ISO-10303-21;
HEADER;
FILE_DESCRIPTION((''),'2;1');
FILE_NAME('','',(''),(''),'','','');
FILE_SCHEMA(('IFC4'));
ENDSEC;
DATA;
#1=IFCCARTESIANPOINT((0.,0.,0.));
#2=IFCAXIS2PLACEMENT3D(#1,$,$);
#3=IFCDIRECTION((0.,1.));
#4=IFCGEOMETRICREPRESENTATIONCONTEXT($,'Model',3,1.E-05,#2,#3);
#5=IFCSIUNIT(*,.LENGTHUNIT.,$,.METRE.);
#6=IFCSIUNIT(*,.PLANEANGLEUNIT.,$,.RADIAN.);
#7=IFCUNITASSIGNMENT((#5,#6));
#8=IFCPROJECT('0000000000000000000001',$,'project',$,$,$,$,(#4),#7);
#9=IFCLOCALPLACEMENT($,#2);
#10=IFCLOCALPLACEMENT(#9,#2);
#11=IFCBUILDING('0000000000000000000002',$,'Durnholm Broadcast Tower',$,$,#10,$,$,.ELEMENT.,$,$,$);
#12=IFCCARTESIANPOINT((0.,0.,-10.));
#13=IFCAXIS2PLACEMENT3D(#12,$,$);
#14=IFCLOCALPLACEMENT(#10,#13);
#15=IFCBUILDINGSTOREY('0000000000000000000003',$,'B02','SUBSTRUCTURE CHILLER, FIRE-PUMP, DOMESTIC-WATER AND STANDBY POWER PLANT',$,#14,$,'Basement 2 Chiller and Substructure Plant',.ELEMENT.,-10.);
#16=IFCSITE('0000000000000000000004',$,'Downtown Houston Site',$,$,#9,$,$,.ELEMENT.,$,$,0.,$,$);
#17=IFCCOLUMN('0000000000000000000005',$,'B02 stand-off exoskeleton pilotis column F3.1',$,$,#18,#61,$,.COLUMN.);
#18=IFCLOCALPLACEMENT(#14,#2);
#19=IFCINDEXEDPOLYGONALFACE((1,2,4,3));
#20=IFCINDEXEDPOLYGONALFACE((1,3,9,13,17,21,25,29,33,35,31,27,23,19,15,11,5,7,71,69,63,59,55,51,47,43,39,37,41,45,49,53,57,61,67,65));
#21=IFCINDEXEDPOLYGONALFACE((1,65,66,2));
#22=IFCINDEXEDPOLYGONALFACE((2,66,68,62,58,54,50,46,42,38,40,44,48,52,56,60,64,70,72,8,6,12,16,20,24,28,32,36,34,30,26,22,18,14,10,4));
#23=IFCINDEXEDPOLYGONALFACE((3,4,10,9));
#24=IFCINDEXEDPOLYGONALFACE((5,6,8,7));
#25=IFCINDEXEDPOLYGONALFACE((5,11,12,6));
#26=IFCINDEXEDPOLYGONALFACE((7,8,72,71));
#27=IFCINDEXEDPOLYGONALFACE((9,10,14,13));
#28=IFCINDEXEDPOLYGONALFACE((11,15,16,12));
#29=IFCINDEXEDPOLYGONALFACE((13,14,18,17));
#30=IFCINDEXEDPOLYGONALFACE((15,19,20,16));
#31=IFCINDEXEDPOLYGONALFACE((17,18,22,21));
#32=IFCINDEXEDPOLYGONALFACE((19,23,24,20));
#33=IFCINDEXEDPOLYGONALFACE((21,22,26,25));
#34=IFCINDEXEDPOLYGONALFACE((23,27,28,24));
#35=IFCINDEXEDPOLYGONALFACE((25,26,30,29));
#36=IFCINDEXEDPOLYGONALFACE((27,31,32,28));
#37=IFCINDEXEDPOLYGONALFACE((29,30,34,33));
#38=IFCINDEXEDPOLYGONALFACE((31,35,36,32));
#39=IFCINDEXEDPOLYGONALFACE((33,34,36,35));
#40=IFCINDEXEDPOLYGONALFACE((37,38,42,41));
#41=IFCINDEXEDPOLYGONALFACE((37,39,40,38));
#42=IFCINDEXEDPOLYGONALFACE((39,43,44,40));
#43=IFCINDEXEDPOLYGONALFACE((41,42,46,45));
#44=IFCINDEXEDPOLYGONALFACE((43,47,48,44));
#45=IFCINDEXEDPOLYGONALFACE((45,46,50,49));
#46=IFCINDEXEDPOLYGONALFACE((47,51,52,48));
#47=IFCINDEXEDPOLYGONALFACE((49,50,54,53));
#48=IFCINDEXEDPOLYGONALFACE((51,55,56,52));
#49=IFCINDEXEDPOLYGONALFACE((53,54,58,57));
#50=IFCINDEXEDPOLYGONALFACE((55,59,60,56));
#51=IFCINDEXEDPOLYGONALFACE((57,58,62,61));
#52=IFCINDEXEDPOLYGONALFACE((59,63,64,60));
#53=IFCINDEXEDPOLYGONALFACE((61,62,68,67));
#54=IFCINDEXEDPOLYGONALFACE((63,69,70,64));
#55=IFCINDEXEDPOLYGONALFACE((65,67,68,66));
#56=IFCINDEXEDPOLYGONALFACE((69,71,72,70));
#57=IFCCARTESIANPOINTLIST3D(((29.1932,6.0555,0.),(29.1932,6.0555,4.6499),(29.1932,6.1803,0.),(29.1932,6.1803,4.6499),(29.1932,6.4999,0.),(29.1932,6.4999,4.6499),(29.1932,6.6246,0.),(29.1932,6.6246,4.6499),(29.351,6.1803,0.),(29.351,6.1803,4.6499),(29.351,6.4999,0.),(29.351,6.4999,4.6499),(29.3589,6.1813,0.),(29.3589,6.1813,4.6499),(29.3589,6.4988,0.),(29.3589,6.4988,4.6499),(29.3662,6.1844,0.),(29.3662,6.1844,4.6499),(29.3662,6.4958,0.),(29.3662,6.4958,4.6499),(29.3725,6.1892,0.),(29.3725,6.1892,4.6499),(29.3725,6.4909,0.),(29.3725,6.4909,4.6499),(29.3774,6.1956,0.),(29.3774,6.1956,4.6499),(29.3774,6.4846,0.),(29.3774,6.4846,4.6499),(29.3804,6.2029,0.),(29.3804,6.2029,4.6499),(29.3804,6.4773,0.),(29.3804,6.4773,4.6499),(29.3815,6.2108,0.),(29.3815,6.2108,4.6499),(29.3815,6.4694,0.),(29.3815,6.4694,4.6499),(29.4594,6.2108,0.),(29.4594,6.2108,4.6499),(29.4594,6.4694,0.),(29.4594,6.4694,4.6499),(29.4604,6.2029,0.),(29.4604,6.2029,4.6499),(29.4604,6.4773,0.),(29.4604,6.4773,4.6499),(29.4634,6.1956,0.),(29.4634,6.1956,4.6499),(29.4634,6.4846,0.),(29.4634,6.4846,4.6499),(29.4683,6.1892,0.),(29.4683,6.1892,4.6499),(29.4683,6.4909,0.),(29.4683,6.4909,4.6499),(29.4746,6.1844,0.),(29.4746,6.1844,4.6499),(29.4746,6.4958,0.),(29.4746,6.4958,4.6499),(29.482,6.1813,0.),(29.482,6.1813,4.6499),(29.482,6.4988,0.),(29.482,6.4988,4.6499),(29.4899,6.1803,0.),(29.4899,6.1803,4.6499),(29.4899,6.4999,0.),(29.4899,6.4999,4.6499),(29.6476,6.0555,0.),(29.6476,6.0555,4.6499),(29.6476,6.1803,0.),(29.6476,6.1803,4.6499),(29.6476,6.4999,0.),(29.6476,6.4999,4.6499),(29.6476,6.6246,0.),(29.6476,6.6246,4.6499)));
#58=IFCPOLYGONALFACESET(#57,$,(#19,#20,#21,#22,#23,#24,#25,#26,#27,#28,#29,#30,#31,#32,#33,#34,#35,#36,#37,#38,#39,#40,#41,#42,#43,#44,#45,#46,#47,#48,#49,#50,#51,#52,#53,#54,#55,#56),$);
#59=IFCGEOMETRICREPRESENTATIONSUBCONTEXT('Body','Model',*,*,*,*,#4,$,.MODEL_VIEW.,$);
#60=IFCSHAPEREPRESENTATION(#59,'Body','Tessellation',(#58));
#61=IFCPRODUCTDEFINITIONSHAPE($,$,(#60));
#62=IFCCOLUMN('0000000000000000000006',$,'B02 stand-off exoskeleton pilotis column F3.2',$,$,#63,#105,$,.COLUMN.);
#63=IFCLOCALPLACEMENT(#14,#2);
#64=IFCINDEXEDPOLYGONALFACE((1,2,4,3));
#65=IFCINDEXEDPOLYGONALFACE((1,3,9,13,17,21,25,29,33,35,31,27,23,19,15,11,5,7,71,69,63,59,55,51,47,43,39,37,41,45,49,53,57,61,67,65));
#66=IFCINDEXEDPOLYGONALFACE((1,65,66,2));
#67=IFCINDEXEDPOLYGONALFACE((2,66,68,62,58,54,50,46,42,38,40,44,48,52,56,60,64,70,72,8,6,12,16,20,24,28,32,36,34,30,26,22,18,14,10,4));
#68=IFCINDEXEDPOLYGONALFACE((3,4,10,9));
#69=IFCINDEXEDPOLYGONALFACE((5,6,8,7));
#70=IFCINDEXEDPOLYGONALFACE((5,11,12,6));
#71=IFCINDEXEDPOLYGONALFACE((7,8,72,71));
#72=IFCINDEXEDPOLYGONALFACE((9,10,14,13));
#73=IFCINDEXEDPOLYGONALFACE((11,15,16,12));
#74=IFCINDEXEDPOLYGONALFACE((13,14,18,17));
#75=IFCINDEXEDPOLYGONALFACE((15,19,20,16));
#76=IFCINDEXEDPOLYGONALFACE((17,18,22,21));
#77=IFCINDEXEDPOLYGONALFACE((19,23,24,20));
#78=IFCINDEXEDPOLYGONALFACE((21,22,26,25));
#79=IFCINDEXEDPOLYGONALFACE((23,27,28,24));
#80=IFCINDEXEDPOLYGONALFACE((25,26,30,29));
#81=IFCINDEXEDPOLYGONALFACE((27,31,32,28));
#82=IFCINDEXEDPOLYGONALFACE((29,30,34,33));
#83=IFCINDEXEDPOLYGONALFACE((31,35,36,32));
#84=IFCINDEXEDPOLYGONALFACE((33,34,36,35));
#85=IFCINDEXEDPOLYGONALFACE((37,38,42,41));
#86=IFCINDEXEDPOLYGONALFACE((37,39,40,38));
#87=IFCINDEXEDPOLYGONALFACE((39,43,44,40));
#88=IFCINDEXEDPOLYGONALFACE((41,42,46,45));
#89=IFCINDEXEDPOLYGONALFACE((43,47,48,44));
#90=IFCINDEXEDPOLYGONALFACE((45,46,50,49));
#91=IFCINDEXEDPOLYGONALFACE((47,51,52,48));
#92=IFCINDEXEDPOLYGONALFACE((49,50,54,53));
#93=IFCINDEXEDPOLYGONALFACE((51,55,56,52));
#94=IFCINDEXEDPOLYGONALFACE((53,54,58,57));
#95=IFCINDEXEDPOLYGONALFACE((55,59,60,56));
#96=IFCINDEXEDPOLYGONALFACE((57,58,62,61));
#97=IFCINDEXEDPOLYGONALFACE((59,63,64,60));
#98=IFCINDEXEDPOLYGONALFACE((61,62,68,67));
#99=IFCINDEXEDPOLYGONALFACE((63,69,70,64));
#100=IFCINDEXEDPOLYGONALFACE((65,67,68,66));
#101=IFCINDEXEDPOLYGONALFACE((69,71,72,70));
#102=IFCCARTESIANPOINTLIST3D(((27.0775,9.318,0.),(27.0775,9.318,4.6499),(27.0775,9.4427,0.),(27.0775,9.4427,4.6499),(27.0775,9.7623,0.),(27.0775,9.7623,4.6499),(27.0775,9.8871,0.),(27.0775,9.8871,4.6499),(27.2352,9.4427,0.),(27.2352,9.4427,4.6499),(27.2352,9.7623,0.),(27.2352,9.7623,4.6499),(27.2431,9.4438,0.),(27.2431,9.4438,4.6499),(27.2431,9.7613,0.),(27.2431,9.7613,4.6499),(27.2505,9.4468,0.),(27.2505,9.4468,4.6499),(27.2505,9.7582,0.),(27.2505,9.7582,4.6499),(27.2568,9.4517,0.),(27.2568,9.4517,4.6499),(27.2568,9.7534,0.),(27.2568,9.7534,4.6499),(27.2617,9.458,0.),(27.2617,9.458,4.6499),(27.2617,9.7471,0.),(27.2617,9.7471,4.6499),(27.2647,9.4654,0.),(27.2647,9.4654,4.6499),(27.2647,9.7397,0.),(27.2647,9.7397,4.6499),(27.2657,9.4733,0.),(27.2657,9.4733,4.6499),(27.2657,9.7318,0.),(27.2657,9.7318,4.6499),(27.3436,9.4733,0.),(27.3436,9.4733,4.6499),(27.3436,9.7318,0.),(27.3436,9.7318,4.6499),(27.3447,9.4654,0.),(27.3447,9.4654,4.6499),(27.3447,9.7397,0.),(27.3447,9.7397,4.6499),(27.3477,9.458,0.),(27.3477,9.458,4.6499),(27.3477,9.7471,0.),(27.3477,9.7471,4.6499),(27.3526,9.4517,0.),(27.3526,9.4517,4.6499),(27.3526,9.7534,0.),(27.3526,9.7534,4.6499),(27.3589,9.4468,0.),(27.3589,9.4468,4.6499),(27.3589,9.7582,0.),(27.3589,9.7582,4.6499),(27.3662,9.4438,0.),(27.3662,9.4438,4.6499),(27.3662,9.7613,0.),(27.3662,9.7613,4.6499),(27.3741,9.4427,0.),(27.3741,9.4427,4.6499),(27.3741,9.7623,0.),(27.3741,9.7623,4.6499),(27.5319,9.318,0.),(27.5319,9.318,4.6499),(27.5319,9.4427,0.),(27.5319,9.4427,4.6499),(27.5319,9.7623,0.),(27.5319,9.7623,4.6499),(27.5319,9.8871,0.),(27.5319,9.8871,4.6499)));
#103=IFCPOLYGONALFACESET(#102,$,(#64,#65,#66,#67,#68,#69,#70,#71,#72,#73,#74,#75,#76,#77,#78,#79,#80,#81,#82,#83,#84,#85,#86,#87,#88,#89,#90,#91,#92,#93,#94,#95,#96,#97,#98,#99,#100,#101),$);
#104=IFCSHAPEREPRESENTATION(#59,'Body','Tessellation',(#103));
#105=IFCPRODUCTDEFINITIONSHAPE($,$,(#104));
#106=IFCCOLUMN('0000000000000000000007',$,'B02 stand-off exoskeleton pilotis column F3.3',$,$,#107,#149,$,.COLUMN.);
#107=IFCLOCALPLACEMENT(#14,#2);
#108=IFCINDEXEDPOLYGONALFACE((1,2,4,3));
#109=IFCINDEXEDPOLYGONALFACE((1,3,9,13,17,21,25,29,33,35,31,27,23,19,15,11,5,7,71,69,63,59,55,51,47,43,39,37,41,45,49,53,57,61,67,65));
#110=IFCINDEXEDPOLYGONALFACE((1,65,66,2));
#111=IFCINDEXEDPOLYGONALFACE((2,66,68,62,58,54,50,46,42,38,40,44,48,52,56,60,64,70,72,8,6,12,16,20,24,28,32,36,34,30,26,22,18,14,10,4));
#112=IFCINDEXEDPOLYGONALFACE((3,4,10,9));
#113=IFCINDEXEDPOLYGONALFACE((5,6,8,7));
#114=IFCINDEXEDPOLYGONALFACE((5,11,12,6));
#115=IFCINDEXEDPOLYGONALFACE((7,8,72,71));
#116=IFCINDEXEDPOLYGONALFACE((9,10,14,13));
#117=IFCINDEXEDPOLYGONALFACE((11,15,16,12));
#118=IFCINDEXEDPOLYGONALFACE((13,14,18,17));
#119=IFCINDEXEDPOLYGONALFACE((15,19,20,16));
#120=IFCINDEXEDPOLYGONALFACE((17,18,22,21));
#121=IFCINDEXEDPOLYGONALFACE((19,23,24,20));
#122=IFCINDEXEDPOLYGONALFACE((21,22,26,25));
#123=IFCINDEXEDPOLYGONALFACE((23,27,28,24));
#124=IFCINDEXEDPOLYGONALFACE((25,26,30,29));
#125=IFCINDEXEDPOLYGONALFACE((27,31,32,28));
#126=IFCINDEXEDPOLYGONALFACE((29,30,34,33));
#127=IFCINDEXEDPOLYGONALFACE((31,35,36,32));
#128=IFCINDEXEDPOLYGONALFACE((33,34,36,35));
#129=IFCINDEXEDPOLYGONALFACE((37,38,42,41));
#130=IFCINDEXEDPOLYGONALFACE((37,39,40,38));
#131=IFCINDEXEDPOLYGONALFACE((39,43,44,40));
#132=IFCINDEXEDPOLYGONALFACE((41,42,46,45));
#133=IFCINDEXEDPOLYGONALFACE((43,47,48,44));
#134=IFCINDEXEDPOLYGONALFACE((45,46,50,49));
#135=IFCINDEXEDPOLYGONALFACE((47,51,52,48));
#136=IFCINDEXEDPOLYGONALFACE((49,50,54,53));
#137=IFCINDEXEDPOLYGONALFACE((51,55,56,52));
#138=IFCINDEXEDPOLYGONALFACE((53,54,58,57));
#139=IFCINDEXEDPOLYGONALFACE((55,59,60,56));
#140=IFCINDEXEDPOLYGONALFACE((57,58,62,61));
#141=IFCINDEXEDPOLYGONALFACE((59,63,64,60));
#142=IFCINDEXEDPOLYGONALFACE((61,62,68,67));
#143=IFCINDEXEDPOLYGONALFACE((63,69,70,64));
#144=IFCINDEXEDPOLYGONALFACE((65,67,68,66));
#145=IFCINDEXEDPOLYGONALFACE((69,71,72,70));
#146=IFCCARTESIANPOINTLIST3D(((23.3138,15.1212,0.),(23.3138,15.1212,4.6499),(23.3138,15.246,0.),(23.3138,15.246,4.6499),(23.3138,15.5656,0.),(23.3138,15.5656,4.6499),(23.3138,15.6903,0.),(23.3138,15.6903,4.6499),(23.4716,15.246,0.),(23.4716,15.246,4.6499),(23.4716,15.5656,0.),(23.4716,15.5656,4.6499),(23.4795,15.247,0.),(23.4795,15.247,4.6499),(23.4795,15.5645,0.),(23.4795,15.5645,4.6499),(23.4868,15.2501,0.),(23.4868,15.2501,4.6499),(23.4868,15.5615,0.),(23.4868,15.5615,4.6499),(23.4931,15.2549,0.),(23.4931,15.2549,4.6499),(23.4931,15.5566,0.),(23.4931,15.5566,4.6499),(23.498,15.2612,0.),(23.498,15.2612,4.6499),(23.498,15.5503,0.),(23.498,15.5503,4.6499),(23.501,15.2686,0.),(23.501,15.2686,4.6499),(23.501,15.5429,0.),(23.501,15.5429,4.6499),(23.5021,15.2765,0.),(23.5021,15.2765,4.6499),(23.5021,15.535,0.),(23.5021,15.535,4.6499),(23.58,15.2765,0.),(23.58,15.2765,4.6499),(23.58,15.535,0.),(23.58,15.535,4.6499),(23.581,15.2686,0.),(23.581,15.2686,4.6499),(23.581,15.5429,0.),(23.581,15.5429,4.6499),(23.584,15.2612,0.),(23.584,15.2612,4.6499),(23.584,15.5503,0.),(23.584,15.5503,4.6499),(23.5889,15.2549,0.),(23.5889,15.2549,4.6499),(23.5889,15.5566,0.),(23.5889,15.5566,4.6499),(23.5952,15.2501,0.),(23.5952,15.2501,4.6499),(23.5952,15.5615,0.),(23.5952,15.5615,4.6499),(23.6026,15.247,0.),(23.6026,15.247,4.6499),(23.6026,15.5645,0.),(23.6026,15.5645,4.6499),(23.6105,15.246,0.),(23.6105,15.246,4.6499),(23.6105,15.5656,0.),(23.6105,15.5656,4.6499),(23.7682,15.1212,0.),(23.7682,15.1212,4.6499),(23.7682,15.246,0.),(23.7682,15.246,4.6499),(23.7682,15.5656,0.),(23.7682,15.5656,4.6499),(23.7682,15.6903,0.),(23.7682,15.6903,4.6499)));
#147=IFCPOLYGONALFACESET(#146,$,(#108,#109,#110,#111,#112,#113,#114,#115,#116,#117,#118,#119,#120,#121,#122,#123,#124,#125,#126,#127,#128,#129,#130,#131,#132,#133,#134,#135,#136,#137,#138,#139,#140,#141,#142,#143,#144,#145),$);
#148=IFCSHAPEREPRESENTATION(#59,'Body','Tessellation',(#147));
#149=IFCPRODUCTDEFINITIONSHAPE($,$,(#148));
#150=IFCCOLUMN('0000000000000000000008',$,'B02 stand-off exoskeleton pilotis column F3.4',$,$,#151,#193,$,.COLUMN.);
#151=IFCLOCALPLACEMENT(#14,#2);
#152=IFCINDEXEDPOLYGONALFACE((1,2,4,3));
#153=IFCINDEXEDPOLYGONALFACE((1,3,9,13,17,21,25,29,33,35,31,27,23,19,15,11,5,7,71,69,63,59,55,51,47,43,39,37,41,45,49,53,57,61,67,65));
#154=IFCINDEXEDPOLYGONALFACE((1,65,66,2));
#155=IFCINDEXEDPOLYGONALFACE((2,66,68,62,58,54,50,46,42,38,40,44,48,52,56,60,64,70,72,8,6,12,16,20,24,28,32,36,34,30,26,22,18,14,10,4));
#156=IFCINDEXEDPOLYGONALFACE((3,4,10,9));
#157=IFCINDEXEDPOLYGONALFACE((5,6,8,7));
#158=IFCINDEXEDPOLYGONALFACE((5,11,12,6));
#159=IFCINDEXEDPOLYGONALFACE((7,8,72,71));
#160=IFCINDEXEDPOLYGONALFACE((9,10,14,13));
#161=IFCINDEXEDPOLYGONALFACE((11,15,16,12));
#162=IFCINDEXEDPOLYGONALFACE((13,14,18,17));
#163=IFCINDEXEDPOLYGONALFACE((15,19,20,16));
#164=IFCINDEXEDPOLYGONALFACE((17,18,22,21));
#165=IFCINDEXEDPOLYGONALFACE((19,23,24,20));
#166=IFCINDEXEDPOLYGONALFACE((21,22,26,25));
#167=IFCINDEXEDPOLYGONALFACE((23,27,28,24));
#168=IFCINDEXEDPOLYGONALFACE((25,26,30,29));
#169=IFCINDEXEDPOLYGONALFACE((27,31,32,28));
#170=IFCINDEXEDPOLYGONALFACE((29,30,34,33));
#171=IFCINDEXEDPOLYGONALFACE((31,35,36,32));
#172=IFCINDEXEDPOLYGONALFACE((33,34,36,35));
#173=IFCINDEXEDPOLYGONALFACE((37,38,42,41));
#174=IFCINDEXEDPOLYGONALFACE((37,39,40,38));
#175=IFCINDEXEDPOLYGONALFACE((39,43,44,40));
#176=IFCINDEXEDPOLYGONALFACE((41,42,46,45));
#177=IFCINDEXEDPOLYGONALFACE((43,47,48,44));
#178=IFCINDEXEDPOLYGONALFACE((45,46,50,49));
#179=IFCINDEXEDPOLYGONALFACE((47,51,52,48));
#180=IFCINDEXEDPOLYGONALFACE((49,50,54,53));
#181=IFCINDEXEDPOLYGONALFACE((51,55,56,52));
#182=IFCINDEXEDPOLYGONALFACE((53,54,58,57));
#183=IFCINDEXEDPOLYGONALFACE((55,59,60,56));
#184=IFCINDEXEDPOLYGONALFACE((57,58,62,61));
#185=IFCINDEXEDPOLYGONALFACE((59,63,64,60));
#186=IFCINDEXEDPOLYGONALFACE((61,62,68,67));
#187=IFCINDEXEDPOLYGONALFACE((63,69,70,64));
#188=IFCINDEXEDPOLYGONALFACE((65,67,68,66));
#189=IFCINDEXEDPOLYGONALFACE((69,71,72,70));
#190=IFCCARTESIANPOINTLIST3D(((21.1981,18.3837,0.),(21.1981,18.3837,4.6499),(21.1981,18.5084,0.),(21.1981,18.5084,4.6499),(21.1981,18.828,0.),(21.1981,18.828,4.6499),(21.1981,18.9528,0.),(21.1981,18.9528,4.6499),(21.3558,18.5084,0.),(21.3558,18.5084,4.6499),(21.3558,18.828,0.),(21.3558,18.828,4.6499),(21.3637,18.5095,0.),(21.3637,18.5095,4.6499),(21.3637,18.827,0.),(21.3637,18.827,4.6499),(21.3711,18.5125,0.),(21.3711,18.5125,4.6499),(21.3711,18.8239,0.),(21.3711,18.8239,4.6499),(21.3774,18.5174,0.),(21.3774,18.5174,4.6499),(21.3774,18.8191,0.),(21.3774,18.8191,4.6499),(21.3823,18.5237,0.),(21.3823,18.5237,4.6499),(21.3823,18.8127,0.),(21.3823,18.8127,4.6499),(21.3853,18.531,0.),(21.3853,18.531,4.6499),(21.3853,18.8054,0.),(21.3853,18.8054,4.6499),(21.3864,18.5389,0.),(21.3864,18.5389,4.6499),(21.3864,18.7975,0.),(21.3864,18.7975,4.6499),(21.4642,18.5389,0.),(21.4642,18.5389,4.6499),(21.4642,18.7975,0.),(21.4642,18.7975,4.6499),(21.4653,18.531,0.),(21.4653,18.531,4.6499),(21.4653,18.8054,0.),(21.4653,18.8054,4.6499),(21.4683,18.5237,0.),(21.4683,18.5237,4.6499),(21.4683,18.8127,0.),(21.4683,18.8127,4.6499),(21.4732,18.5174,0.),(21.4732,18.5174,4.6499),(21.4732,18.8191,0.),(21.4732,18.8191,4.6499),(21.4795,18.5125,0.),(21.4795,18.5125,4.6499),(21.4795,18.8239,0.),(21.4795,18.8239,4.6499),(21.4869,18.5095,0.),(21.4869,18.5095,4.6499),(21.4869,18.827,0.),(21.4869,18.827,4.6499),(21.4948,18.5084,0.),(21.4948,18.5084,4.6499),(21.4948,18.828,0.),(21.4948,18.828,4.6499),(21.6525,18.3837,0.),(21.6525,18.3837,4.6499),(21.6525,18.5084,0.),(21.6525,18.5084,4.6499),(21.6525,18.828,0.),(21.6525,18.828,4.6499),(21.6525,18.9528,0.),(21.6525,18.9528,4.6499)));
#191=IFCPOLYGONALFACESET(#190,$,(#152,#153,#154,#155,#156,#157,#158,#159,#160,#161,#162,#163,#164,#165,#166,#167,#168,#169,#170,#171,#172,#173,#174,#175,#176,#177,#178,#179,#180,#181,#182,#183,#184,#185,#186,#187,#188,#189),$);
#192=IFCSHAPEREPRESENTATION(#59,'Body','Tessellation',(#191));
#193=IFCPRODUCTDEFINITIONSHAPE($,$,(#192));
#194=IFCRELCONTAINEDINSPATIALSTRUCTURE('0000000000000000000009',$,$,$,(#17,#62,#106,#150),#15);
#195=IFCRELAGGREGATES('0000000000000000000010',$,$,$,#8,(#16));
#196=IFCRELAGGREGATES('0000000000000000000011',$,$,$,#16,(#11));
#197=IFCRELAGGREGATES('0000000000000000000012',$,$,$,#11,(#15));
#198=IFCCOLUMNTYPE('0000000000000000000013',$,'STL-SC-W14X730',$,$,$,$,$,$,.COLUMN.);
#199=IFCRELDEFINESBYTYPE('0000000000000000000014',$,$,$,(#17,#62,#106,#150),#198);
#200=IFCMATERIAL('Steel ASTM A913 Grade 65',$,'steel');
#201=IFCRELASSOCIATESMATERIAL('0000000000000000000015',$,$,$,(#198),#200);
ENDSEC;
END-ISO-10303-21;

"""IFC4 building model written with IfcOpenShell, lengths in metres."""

from ifc_helpers import new_model, si_unit, direction, frame, origin, origin_2d, place, context, subcontext, project, spatial, i_section, extrude, source, transform, mapped, material, material_profile, profile_set, type_object, type_shapes, element, save


model = new_model("IFC4")

# Units and contexts
model_context = context("Model", 3, precision=1e-05, world=origin(), true_north=direction((0.0, 1.0)))
body_context = subcontext(model_context, "Body", "Model", "MODEL_VIEW")
ifc_project = project(units=[si_unit("LENGTHUNIT", "METRE"), si_unit("PLANEANGLEUNIT", "RADIAN")], contexts=[model_context])

# Site, building, storey
site_placement = place(None, origin())
site = spatial("IfcSite", under=ifc_project, at=site_placement, Name="Downtown Houston Site", CompositionType="ELEMENT", RefElevation=0.0)
building_placement = place(site_placement, origin())
building = spatial("IfcBuilding", under=site, at=building_placement, Name="Durnholm Broadcast Tower", CompositionType="ELEMENT")
storey_placement = place(building_placement, frame((0.0, 0.0, -10.0)))
storey = spatial("IfcBuildingStorey", under=building, at=storey_placement, Name="B02", Description="SUBSTRUCTURE CHILLER, FIRE-PUMP, DOMESTIC-WATER AND STANDBY POWER PLANT", LongName="Basement 2 Chiller and Substructure Plant", CompositionType="ELEMENT", Elevation=-10.0)

# Columns
ifc_material_1 = material(Name="Steel ASTM A913 Grade 65", Category="steel")
ifc_material_profile_1 = material_profile(ifc_material_1, i_section(OverallWidth=0.4543, OverallDepth=0.5691, WebThickness=0.0779, FlangeThickness=0.1248, FilletRadius=0.0305, at=origin_2d()), Name="W14X730")
ifc_profile_set_1 = profile_set([ifc_material_profile_1], Name="Steel ASTM A913 Grade 65")
column_type_1 = type_object("IfcColumnType", Name="STL-SC-W14X730", PredefinedType="COLUMN", material=ifc_profile_set_1)
shared_shape_1 = source(origin(), body_context, "Body", "SweptSolid", [
    extrude(i_section(OverallWidth=0.4543, OverallDepth=0.5691, WebThickness=0.0779, FlangeThickness=0.1248, FilletRadius=0.0305, at=origin_2d()), origin(), (0.0, 0.0, 1.0), 4.6499),
])
type_shapes(column_type_1, [shared_shape_1])
for number, where, z_axis, x_axis, name in (
    (1, (29.4204, 6.3401, 0.0), (0.0, 0.0, 1.0), (1.0, 0.0, 0.0), "B02 stand-off exoskeleton pilotis column F3.1"),
    (2, (27.3047, 9.6025, 0.0), (0.0, 0.0, 1.0), (1.0, 0.0, 0.0), "B02 stand-off exoskeleton pilotis column F3.2"),
    (3, (23.541, 15.4058, 0.0), (0.0, 0.0, 1.0), (1.0, 0.0, 0.0), "B02 stand-off exoskeleton pilotis column F3.3"),
    (4, (21.4253, 18.6682, 0.0), (0.0, 0.0, 1.0), (1.0, 0.0, 0.0), "B02 stand-off exoskeleton pilotis column F3.4"),
):
    element("IfcColumn", number, at=place(storey_placement, frame(where, z_axis=z_axis, x_axis=x_axis)), inside=storey, type_object=column_type_1, Name=name, PredefinedType="COLUMN", context=body_context, shape_type="MappedRepresentation", body=[
        mapped(shared_shape_1, transform((0.0, 0.0, 0.0), x_axis=(1.0, 0.0, 0.0), y_axis=(0.0, 1.0, 0.0), z_axis=(0.0, 0.0, 1.0), scale=1.0)),
    ])

save(model, "model.ifc")
